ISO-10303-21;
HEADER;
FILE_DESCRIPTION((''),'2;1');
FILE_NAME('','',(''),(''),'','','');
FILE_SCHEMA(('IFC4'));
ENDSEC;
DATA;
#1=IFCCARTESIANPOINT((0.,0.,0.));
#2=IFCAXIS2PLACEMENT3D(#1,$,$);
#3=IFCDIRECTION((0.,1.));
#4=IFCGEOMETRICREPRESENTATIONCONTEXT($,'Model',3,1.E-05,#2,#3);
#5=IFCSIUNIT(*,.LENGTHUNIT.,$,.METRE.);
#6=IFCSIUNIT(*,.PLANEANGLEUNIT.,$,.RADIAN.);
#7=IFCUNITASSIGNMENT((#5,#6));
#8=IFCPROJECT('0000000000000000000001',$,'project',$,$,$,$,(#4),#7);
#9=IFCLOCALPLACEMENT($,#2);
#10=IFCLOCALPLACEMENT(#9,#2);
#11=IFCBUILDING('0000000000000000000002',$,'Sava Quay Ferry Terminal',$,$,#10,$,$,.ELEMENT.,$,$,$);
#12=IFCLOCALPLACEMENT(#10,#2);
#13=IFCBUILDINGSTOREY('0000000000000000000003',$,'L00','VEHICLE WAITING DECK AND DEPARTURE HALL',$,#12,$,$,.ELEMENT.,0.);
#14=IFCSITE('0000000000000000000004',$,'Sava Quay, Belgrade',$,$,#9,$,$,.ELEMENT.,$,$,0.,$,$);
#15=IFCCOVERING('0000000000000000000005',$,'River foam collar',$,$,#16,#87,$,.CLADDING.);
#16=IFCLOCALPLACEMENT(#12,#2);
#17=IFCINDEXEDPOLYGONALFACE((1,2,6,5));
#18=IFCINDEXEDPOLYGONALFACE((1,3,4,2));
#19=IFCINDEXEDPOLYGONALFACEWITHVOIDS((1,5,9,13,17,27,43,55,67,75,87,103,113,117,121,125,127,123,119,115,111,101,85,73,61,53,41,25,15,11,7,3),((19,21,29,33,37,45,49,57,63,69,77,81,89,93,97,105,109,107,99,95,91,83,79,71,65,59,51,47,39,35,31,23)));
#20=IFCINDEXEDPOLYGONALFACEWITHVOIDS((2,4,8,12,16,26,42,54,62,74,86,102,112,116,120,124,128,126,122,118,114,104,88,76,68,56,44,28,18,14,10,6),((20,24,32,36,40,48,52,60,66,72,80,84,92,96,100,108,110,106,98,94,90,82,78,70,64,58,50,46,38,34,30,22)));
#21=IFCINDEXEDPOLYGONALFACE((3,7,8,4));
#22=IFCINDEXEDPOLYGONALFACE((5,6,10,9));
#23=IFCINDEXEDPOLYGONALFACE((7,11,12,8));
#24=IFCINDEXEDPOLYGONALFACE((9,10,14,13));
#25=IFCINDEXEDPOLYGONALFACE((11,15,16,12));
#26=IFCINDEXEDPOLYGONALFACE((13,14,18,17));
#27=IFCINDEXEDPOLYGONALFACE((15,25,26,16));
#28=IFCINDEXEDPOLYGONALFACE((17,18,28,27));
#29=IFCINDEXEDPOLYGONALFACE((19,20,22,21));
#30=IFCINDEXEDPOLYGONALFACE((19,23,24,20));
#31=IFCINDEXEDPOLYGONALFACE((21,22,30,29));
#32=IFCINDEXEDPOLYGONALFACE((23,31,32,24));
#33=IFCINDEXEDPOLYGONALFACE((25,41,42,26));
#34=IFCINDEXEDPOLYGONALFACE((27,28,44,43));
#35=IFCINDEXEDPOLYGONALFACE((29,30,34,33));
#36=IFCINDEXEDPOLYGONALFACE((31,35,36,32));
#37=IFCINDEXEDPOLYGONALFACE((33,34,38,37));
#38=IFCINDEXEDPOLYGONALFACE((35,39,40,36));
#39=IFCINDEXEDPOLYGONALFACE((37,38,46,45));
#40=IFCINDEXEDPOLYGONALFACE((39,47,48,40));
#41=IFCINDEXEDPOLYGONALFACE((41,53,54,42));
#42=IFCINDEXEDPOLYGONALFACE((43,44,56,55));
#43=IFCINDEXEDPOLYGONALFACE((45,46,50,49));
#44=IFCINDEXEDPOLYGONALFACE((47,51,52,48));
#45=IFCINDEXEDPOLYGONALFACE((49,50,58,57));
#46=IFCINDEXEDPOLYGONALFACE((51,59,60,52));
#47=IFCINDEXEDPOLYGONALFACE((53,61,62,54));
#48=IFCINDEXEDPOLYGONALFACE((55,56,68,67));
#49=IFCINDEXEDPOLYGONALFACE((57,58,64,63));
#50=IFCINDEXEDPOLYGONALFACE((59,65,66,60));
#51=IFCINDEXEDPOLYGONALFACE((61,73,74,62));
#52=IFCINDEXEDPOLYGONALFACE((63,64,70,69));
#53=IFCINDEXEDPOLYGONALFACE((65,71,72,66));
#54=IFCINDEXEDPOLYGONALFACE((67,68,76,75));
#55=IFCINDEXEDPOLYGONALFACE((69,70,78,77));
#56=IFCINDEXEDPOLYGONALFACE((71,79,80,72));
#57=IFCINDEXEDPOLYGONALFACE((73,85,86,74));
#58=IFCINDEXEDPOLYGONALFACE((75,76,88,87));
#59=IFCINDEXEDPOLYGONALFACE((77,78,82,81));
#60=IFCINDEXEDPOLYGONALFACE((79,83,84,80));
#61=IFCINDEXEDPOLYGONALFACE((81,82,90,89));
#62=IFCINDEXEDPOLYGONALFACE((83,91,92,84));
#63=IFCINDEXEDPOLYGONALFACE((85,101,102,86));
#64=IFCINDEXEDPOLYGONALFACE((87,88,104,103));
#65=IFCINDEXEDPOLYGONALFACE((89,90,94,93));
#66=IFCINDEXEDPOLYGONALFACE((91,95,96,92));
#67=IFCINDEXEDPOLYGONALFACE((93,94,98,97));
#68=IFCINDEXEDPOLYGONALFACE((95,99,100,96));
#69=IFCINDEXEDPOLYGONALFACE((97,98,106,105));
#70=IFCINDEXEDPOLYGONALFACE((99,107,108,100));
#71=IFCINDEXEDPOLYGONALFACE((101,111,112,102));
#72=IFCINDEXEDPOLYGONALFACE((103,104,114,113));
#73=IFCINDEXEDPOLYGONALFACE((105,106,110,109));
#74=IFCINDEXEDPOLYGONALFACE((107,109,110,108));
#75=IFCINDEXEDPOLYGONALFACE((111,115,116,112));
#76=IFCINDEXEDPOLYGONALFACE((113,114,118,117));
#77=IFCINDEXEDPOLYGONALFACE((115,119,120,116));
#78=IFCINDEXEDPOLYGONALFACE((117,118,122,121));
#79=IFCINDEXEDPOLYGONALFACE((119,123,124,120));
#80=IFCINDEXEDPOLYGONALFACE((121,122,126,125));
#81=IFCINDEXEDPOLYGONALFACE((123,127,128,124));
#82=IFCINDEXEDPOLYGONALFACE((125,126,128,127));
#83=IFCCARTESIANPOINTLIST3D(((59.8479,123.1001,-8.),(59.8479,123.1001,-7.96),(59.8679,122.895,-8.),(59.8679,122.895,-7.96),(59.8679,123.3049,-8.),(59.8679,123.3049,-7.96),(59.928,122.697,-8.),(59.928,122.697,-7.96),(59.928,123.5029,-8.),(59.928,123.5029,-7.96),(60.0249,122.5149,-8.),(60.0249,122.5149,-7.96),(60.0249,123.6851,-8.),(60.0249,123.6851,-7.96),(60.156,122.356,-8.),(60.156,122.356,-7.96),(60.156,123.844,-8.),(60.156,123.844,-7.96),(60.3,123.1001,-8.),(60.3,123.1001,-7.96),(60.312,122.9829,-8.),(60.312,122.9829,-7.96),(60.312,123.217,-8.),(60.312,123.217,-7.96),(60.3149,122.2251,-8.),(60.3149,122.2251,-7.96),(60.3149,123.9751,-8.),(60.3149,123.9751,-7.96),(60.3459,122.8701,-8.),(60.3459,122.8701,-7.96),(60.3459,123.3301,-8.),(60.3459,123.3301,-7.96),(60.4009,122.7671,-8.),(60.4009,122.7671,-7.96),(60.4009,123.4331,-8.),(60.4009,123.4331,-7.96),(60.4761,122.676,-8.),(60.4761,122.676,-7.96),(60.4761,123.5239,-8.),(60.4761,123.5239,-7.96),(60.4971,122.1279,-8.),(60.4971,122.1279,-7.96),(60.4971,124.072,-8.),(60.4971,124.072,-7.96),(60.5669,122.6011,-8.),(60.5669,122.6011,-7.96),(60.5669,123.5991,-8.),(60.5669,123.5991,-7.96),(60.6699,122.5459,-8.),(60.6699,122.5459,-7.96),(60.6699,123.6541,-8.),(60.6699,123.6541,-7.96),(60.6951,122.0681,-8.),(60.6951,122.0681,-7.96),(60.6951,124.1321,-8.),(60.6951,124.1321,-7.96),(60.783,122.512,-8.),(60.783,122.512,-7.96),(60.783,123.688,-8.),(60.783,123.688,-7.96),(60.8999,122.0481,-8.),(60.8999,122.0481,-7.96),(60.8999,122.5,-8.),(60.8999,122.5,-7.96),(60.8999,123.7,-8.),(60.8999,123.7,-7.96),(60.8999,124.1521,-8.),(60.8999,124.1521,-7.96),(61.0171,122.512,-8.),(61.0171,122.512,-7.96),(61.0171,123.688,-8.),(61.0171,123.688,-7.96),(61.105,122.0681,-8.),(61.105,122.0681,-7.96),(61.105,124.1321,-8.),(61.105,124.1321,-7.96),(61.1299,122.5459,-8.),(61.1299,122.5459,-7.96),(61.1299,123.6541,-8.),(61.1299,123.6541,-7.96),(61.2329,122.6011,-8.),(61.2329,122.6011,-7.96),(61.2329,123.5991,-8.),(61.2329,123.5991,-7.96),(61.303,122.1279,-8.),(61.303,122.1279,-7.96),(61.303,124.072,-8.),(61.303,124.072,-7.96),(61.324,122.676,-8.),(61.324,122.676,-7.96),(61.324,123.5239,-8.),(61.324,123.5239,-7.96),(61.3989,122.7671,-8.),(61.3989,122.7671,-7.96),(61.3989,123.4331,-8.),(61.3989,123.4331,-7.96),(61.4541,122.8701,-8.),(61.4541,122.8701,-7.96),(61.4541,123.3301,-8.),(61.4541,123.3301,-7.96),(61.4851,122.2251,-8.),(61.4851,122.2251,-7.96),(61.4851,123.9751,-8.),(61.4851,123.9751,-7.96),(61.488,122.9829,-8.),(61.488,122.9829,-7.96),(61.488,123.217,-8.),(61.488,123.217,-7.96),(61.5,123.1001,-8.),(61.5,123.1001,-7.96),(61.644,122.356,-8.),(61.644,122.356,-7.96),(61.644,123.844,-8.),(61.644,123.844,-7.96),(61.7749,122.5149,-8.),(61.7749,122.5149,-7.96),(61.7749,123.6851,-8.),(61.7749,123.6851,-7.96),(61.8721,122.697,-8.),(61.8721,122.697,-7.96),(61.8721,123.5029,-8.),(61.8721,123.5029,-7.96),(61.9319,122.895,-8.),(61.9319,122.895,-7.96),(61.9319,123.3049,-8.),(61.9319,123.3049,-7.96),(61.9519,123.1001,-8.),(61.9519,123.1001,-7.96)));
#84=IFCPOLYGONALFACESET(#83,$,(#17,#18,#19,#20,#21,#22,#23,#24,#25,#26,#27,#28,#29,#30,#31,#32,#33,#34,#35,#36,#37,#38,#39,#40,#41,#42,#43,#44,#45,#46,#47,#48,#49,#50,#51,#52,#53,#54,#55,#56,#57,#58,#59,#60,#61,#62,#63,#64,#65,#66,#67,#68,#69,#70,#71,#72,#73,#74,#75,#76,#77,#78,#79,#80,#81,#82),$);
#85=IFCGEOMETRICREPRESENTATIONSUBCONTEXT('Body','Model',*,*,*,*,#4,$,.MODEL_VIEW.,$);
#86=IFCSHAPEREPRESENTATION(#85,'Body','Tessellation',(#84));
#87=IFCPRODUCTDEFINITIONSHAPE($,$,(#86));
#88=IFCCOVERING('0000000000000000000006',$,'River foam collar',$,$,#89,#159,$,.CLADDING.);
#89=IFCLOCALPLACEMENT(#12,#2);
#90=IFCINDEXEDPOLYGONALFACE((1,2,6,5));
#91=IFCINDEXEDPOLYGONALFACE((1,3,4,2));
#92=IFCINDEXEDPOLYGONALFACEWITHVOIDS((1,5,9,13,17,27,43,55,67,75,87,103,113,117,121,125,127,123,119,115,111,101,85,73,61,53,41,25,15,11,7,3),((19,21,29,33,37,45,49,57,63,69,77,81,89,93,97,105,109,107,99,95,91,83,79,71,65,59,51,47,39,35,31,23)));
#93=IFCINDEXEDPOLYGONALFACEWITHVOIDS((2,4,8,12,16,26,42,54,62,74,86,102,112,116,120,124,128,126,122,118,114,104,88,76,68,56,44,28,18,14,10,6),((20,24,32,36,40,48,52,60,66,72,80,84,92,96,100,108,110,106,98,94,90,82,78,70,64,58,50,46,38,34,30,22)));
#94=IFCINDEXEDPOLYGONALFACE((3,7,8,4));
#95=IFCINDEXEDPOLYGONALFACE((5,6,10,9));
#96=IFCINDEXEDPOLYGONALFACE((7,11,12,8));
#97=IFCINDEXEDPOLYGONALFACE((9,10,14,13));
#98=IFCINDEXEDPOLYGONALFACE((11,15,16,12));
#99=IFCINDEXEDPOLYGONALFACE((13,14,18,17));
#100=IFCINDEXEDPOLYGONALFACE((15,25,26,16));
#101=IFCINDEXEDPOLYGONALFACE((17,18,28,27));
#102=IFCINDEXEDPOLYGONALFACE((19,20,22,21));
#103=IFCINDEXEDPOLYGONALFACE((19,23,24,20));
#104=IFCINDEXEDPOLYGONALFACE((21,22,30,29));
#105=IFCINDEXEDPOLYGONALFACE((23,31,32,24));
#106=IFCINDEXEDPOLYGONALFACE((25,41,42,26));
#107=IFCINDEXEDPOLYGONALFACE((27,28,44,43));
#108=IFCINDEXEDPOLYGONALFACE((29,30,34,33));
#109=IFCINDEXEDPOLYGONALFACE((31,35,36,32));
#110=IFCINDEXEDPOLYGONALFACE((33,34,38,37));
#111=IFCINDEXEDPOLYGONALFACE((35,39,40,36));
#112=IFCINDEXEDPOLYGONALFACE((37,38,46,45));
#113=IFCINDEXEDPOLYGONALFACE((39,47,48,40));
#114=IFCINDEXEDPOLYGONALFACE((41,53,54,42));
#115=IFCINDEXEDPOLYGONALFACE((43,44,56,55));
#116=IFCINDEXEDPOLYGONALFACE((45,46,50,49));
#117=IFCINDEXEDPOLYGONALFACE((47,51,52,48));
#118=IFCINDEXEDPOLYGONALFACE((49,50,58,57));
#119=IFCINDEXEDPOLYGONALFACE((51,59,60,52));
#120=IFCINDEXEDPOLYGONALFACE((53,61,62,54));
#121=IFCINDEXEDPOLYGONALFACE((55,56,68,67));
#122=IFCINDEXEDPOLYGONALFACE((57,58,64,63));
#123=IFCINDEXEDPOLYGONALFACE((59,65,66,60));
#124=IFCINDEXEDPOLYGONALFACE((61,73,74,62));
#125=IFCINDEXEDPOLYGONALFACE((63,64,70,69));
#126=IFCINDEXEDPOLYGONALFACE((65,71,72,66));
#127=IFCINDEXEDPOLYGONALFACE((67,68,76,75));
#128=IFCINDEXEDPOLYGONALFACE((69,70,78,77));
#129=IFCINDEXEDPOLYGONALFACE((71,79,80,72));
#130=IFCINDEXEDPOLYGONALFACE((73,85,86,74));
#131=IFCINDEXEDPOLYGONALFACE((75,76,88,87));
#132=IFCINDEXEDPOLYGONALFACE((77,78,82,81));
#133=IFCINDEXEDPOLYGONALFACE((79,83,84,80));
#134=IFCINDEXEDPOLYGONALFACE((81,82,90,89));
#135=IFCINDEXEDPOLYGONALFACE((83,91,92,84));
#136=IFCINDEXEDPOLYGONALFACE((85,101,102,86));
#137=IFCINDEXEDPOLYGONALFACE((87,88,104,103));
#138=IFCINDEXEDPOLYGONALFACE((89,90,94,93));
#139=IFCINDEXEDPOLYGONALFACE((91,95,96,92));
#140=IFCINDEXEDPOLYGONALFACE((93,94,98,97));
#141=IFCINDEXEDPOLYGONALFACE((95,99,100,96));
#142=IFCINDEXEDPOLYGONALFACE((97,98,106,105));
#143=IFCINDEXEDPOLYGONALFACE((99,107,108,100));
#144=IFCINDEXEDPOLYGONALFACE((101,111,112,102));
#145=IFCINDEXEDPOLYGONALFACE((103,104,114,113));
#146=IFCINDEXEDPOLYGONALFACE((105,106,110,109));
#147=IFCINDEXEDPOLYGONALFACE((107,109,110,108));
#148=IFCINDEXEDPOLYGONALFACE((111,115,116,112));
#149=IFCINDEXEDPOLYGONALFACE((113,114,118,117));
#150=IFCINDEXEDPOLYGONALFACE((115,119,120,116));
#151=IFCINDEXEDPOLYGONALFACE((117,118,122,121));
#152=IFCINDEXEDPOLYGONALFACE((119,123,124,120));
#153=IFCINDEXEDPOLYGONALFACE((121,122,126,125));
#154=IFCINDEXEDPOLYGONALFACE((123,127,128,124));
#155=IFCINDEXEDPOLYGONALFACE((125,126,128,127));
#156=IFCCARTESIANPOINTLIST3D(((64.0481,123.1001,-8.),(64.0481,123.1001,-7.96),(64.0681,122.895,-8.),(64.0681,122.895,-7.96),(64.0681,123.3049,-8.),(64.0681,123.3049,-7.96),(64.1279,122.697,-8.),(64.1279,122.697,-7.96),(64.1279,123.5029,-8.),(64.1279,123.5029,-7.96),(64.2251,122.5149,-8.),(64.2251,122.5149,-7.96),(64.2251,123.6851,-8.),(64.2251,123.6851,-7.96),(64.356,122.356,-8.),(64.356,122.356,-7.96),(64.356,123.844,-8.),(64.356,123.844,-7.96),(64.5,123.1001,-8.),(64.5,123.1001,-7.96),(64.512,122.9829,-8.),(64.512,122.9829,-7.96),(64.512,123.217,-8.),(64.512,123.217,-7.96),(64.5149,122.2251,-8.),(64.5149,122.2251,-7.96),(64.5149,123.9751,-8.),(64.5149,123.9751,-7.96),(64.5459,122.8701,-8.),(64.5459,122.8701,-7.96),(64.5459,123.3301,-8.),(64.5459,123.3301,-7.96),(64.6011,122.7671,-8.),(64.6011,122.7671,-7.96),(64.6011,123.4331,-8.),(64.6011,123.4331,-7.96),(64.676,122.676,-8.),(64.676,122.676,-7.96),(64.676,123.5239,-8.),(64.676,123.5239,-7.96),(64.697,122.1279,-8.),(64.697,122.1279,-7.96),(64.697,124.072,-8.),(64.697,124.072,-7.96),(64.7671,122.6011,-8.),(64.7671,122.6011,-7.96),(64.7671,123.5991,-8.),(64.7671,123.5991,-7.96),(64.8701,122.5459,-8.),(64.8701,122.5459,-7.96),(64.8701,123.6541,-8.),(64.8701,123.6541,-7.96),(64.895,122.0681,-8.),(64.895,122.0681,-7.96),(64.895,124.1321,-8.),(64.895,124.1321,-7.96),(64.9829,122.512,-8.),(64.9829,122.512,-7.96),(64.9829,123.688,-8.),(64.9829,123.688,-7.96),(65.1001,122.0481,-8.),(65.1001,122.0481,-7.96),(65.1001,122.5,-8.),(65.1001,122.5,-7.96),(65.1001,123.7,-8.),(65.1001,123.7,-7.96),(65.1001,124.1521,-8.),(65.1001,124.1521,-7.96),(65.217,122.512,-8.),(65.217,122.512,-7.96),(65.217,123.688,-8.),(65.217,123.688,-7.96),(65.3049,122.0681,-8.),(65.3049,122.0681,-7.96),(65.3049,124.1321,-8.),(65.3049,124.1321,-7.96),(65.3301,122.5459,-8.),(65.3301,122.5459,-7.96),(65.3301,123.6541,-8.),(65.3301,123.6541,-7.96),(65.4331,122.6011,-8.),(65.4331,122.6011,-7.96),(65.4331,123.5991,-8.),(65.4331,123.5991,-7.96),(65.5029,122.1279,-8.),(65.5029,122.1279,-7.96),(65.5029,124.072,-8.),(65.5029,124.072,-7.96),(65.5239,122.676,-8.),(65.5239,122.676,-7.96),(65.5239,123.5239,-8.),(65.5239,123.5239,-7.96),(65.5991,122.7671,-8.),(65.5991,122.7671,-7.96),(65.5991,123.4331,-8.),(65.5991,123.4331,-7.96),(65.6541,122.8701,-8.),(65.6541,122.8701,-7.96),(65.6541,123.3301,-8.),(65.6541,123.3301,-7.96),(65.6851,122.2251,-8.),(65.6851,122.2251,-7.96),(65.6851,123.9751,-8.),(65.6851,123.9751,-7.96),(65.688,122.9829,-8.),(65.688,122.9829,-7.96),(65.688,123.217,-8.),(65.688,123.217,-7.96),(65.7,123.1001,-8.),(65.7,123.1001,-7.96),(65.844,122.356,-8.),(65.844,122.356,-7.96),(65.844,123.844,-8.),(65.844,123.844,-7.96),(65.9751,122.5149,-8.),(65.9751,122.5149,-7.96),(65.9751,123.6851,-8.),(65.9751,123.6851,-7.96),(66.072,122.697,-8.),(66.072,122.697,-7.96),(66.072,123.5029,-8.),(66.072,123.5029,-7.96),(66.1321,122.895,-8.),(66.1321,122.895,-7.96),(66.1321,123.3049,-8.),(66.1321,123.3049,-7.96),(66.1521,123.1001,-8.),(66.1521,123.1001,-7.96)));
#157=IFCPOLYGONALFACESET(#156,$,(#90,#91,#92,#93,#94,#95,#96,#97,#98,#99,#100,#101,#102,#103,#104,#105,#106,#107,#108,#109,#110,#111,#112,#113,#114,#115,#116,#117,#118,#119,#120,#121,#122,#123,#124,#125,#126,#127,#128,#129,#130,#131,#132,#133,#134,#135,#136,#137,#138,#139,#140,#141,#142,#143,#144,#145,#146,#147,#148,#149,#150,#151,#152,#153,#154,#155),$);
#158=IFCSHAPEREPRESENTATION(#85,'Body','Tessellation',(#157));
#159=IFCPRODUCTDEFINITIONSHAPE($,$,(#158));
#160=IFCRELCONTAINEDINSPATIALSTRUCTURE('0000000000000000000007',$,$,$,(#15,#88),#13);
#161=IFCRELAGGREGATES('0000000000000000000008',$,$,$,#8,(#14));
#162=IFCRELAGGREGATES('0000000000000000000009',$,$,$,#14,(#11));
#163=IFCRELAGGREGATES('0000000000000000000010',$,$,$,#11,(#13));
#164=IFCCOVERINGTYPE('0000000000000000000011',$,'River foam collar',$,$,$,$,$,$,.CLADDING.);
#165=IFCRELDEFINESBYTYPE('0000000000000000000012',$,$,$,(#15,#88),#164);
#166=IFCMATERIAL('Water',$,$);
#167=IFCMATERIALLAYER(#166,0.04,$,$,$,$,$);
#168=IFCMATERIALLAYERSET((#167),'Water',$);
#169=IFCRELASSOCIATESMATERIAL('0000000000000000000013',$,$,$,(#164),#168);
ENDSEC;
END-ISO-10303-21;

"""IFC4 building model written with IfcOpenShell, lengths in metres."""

from ifc_helpers import new_model, si_unit, direction, frame, origin, place, context, subcontext, project, spatial, polyline, outline, extrude, material, layer, layer_set, type_object, element, save


model = new_model("IFC4")

# Units and contexts
model_context = context("Model", 3, precision=1e-05, world=origin(), true_north=direction((0.0, 1.0)))
body_context = subcontext(model_context, "Body", "Model", "MODEL_VIEW")
ifc_project = project(units=[si_unit("LENGTHUNIT", "METRE"), si_unit("PLANEANGLEUNIT", "RADIAN")], contexts=[model_context])

# Site, building, storey
site_placement = place(None, origin())
site = spatial("IfcSite", under=ifc_project, at=site_placement, Name="Sava Quay, Belgrade", CompositionType="ELEMENT", RefElevation=0.0)
building_placement = place(site_placement, origin())
building = spatial("IfcBuilding", under=site, at=building_placement, Name="Sava Quay Ferry Terminal", CompositionType="ELEMENT")
storey_placement = place(building_placement, origin())
storey = spatial("IfcBuildingStorey", under=building, at=storey_placement, Name="L00", Description="VEHICLE WAITING DECK AND DEPARTURE HALL", CompositionType="ELEMENT", Elevation=0.0)

# Coverings
ifc_material = material(Name="Water")
ifc_layer = layer(ifc_material, 0.04)
ifc_layer_set = layer_set([ifc_layer], Name="Water")
covering_type = type_object("IfcCoveringType", Name="River foam collar", PredefinedType="CLADDING", material=ifc_layer_set)
covering_1_placement = place(storey_placement, frame((0.0, 0.0, -8.0)))
element("IfcCovering", 1, at=covering_1_placement, inside=storey, type_object=covering_type, Name="River foam collar", PredefinedType="CLADDING", context=body_context, shape_type="SweptSolid", body=[
    extrude(outline(polyline([(60.0249, 122.5149), (60.156, 122.356), (60.3149, 122.2251), (60.4971, 122.1279), (60.6951, 122.0681), (60.8999, 122.0481), (61.105, 122.0681), (61.303, 122.1279), (61.4851, 122.2251), (61.644, 122.356), (61.7749, 122.5149), (61.8721, 122.697), (61.9319, 122.895), (61.9519, 123.1001), (61.9319, 123.3049), (61.8721, 123.5029), (61.7749, 123.6851), (61.644, 123.844), (61.4851, 123.9751), (61.303, 124.072), (61.105, 124.1321), (60.8999, 124.1521), (60.6951, 124.1321), (60.4971, 124.072), (60.3149, 123.9751), (60.156, 123.844), (60.0249, 123.6851), (59.928, 123.5029), (59.8679, 123.3049), (59.8479, 123.1001), (59.8679, 122.895), (59.928, 122.697), (60.0249, 122.5149)]), holes=[polyline([(60.4009, 123.4331), (60.4761, 123.5239), (60.5669, 123.5991), (60.6699, 123.6541), (60.783, 123.688), (60.8999, 123.7), (61.0171, 123.688), (61.1299, 123.6541), (61.2329, 123.5991), (61.324, 123.5239), (61.3989, 123.4331), (61.4541, 123.3301), (61.488, 123.217), (61.5, 123.1001), (61.488, 122.9829), (61.4541, 122.8701), (61.3989, 122.7671), (61.324, 122.676), (61.2329, 122.6011), (61.1299, 122.5459), (61.0171, 122.512), (60.8999, 122.5), (60.783, 122.512), (60.6699, 122.5459), (60.5669, 122.6011), (60.4761, 122.676), (60.4009, 122.7671), (60.3459, 122.8701), (60.312, 122.9829), (60.3, 123.1001), (60.312, 123.217), (60.3459, 123.3301), (60.4009, 123.4331)])]), origin(), (0.0, 0.0, 1.0), 0.04),
])
covering_2_placement = place(storey_placement, frame((0.0, 0.0, -8.0)))
element("IfcCovering", 2, at=covering_2_placement, inside=storey, type_object=covering_type, Name="River foam collar", PredefinedType="CLADDING", context=body_context, shape_type="SweptSolid", body=[
    extrude(outline(polyline([(64.1279, 122.697), (64.2251, 122.5149), (64.356, 122.356), (64.5149, 122.2251), (64.697, 122.1279), (64.895, 122.0681), (65.1001, 122.0481), (65.3049, 122.0681), (65.5029, 122.1279), (65.6851, 122.2251), (65.844, 122.356), (65.9751, 122.5149), (66.072, 122.697), (66.1321, 122.895), (66.1521, 123.1001), (66.1321, 123.3049), (66.072, 123.5029), (65.9751, 123.6851), (65.844, 123.844), (65.6851, 123.9751), (65.5029, 124.072), (65.3049, 124.1321), (65.1001, 124.1521), (64.895, 124.1321), (64.697, 124.072), (64.5149, 123.9751), (64.356, 123.844), (64.2251, 123.6851), (64.1279, 123.5029), (64.0681, 123.3049), (64.0481, 123.1001), (64.0681, 122.895), (64.1279, 122.697)]), holes=[polyline([(64.5459, 123.3301), (64.6011, 123.4331), (64.676, 123.5239), (64.7671, 123.5991), (64.8701, 123.6541), (64.9829, 123.688), (65.1001, 123.7), (65.217, 123.688), (65.3301, 123.6541), (65.4331, 123.5991), (65.5239, 123.5239), (65.5991, 123.4331), (65.6541, 123.3301), (65.688, 123.217), (65.7, 123.1001), (65.688, 122.9829), (65.6541, 122.8701), (65.5991, 122.7671), (65.5239, 122.676), (65.4331, 122.6011), (65.3301, 122.5459), (65.217, 122.512), (65.1001, 122.5), (64.9829, 122.512), (64.8701, 122.5459), (64.7671, 122.6011), (64.676, 122.676), (64.6011, 122.7671), (64.5459, 122.8701), (64.512, 122.9829), (64.5, 123.1001), (64.512, 123.217), (64.5459, 123.3301)])]), origin(), (0.0, 0.0, 1.0), 0.04),
])

save(model, "model.ifc")
